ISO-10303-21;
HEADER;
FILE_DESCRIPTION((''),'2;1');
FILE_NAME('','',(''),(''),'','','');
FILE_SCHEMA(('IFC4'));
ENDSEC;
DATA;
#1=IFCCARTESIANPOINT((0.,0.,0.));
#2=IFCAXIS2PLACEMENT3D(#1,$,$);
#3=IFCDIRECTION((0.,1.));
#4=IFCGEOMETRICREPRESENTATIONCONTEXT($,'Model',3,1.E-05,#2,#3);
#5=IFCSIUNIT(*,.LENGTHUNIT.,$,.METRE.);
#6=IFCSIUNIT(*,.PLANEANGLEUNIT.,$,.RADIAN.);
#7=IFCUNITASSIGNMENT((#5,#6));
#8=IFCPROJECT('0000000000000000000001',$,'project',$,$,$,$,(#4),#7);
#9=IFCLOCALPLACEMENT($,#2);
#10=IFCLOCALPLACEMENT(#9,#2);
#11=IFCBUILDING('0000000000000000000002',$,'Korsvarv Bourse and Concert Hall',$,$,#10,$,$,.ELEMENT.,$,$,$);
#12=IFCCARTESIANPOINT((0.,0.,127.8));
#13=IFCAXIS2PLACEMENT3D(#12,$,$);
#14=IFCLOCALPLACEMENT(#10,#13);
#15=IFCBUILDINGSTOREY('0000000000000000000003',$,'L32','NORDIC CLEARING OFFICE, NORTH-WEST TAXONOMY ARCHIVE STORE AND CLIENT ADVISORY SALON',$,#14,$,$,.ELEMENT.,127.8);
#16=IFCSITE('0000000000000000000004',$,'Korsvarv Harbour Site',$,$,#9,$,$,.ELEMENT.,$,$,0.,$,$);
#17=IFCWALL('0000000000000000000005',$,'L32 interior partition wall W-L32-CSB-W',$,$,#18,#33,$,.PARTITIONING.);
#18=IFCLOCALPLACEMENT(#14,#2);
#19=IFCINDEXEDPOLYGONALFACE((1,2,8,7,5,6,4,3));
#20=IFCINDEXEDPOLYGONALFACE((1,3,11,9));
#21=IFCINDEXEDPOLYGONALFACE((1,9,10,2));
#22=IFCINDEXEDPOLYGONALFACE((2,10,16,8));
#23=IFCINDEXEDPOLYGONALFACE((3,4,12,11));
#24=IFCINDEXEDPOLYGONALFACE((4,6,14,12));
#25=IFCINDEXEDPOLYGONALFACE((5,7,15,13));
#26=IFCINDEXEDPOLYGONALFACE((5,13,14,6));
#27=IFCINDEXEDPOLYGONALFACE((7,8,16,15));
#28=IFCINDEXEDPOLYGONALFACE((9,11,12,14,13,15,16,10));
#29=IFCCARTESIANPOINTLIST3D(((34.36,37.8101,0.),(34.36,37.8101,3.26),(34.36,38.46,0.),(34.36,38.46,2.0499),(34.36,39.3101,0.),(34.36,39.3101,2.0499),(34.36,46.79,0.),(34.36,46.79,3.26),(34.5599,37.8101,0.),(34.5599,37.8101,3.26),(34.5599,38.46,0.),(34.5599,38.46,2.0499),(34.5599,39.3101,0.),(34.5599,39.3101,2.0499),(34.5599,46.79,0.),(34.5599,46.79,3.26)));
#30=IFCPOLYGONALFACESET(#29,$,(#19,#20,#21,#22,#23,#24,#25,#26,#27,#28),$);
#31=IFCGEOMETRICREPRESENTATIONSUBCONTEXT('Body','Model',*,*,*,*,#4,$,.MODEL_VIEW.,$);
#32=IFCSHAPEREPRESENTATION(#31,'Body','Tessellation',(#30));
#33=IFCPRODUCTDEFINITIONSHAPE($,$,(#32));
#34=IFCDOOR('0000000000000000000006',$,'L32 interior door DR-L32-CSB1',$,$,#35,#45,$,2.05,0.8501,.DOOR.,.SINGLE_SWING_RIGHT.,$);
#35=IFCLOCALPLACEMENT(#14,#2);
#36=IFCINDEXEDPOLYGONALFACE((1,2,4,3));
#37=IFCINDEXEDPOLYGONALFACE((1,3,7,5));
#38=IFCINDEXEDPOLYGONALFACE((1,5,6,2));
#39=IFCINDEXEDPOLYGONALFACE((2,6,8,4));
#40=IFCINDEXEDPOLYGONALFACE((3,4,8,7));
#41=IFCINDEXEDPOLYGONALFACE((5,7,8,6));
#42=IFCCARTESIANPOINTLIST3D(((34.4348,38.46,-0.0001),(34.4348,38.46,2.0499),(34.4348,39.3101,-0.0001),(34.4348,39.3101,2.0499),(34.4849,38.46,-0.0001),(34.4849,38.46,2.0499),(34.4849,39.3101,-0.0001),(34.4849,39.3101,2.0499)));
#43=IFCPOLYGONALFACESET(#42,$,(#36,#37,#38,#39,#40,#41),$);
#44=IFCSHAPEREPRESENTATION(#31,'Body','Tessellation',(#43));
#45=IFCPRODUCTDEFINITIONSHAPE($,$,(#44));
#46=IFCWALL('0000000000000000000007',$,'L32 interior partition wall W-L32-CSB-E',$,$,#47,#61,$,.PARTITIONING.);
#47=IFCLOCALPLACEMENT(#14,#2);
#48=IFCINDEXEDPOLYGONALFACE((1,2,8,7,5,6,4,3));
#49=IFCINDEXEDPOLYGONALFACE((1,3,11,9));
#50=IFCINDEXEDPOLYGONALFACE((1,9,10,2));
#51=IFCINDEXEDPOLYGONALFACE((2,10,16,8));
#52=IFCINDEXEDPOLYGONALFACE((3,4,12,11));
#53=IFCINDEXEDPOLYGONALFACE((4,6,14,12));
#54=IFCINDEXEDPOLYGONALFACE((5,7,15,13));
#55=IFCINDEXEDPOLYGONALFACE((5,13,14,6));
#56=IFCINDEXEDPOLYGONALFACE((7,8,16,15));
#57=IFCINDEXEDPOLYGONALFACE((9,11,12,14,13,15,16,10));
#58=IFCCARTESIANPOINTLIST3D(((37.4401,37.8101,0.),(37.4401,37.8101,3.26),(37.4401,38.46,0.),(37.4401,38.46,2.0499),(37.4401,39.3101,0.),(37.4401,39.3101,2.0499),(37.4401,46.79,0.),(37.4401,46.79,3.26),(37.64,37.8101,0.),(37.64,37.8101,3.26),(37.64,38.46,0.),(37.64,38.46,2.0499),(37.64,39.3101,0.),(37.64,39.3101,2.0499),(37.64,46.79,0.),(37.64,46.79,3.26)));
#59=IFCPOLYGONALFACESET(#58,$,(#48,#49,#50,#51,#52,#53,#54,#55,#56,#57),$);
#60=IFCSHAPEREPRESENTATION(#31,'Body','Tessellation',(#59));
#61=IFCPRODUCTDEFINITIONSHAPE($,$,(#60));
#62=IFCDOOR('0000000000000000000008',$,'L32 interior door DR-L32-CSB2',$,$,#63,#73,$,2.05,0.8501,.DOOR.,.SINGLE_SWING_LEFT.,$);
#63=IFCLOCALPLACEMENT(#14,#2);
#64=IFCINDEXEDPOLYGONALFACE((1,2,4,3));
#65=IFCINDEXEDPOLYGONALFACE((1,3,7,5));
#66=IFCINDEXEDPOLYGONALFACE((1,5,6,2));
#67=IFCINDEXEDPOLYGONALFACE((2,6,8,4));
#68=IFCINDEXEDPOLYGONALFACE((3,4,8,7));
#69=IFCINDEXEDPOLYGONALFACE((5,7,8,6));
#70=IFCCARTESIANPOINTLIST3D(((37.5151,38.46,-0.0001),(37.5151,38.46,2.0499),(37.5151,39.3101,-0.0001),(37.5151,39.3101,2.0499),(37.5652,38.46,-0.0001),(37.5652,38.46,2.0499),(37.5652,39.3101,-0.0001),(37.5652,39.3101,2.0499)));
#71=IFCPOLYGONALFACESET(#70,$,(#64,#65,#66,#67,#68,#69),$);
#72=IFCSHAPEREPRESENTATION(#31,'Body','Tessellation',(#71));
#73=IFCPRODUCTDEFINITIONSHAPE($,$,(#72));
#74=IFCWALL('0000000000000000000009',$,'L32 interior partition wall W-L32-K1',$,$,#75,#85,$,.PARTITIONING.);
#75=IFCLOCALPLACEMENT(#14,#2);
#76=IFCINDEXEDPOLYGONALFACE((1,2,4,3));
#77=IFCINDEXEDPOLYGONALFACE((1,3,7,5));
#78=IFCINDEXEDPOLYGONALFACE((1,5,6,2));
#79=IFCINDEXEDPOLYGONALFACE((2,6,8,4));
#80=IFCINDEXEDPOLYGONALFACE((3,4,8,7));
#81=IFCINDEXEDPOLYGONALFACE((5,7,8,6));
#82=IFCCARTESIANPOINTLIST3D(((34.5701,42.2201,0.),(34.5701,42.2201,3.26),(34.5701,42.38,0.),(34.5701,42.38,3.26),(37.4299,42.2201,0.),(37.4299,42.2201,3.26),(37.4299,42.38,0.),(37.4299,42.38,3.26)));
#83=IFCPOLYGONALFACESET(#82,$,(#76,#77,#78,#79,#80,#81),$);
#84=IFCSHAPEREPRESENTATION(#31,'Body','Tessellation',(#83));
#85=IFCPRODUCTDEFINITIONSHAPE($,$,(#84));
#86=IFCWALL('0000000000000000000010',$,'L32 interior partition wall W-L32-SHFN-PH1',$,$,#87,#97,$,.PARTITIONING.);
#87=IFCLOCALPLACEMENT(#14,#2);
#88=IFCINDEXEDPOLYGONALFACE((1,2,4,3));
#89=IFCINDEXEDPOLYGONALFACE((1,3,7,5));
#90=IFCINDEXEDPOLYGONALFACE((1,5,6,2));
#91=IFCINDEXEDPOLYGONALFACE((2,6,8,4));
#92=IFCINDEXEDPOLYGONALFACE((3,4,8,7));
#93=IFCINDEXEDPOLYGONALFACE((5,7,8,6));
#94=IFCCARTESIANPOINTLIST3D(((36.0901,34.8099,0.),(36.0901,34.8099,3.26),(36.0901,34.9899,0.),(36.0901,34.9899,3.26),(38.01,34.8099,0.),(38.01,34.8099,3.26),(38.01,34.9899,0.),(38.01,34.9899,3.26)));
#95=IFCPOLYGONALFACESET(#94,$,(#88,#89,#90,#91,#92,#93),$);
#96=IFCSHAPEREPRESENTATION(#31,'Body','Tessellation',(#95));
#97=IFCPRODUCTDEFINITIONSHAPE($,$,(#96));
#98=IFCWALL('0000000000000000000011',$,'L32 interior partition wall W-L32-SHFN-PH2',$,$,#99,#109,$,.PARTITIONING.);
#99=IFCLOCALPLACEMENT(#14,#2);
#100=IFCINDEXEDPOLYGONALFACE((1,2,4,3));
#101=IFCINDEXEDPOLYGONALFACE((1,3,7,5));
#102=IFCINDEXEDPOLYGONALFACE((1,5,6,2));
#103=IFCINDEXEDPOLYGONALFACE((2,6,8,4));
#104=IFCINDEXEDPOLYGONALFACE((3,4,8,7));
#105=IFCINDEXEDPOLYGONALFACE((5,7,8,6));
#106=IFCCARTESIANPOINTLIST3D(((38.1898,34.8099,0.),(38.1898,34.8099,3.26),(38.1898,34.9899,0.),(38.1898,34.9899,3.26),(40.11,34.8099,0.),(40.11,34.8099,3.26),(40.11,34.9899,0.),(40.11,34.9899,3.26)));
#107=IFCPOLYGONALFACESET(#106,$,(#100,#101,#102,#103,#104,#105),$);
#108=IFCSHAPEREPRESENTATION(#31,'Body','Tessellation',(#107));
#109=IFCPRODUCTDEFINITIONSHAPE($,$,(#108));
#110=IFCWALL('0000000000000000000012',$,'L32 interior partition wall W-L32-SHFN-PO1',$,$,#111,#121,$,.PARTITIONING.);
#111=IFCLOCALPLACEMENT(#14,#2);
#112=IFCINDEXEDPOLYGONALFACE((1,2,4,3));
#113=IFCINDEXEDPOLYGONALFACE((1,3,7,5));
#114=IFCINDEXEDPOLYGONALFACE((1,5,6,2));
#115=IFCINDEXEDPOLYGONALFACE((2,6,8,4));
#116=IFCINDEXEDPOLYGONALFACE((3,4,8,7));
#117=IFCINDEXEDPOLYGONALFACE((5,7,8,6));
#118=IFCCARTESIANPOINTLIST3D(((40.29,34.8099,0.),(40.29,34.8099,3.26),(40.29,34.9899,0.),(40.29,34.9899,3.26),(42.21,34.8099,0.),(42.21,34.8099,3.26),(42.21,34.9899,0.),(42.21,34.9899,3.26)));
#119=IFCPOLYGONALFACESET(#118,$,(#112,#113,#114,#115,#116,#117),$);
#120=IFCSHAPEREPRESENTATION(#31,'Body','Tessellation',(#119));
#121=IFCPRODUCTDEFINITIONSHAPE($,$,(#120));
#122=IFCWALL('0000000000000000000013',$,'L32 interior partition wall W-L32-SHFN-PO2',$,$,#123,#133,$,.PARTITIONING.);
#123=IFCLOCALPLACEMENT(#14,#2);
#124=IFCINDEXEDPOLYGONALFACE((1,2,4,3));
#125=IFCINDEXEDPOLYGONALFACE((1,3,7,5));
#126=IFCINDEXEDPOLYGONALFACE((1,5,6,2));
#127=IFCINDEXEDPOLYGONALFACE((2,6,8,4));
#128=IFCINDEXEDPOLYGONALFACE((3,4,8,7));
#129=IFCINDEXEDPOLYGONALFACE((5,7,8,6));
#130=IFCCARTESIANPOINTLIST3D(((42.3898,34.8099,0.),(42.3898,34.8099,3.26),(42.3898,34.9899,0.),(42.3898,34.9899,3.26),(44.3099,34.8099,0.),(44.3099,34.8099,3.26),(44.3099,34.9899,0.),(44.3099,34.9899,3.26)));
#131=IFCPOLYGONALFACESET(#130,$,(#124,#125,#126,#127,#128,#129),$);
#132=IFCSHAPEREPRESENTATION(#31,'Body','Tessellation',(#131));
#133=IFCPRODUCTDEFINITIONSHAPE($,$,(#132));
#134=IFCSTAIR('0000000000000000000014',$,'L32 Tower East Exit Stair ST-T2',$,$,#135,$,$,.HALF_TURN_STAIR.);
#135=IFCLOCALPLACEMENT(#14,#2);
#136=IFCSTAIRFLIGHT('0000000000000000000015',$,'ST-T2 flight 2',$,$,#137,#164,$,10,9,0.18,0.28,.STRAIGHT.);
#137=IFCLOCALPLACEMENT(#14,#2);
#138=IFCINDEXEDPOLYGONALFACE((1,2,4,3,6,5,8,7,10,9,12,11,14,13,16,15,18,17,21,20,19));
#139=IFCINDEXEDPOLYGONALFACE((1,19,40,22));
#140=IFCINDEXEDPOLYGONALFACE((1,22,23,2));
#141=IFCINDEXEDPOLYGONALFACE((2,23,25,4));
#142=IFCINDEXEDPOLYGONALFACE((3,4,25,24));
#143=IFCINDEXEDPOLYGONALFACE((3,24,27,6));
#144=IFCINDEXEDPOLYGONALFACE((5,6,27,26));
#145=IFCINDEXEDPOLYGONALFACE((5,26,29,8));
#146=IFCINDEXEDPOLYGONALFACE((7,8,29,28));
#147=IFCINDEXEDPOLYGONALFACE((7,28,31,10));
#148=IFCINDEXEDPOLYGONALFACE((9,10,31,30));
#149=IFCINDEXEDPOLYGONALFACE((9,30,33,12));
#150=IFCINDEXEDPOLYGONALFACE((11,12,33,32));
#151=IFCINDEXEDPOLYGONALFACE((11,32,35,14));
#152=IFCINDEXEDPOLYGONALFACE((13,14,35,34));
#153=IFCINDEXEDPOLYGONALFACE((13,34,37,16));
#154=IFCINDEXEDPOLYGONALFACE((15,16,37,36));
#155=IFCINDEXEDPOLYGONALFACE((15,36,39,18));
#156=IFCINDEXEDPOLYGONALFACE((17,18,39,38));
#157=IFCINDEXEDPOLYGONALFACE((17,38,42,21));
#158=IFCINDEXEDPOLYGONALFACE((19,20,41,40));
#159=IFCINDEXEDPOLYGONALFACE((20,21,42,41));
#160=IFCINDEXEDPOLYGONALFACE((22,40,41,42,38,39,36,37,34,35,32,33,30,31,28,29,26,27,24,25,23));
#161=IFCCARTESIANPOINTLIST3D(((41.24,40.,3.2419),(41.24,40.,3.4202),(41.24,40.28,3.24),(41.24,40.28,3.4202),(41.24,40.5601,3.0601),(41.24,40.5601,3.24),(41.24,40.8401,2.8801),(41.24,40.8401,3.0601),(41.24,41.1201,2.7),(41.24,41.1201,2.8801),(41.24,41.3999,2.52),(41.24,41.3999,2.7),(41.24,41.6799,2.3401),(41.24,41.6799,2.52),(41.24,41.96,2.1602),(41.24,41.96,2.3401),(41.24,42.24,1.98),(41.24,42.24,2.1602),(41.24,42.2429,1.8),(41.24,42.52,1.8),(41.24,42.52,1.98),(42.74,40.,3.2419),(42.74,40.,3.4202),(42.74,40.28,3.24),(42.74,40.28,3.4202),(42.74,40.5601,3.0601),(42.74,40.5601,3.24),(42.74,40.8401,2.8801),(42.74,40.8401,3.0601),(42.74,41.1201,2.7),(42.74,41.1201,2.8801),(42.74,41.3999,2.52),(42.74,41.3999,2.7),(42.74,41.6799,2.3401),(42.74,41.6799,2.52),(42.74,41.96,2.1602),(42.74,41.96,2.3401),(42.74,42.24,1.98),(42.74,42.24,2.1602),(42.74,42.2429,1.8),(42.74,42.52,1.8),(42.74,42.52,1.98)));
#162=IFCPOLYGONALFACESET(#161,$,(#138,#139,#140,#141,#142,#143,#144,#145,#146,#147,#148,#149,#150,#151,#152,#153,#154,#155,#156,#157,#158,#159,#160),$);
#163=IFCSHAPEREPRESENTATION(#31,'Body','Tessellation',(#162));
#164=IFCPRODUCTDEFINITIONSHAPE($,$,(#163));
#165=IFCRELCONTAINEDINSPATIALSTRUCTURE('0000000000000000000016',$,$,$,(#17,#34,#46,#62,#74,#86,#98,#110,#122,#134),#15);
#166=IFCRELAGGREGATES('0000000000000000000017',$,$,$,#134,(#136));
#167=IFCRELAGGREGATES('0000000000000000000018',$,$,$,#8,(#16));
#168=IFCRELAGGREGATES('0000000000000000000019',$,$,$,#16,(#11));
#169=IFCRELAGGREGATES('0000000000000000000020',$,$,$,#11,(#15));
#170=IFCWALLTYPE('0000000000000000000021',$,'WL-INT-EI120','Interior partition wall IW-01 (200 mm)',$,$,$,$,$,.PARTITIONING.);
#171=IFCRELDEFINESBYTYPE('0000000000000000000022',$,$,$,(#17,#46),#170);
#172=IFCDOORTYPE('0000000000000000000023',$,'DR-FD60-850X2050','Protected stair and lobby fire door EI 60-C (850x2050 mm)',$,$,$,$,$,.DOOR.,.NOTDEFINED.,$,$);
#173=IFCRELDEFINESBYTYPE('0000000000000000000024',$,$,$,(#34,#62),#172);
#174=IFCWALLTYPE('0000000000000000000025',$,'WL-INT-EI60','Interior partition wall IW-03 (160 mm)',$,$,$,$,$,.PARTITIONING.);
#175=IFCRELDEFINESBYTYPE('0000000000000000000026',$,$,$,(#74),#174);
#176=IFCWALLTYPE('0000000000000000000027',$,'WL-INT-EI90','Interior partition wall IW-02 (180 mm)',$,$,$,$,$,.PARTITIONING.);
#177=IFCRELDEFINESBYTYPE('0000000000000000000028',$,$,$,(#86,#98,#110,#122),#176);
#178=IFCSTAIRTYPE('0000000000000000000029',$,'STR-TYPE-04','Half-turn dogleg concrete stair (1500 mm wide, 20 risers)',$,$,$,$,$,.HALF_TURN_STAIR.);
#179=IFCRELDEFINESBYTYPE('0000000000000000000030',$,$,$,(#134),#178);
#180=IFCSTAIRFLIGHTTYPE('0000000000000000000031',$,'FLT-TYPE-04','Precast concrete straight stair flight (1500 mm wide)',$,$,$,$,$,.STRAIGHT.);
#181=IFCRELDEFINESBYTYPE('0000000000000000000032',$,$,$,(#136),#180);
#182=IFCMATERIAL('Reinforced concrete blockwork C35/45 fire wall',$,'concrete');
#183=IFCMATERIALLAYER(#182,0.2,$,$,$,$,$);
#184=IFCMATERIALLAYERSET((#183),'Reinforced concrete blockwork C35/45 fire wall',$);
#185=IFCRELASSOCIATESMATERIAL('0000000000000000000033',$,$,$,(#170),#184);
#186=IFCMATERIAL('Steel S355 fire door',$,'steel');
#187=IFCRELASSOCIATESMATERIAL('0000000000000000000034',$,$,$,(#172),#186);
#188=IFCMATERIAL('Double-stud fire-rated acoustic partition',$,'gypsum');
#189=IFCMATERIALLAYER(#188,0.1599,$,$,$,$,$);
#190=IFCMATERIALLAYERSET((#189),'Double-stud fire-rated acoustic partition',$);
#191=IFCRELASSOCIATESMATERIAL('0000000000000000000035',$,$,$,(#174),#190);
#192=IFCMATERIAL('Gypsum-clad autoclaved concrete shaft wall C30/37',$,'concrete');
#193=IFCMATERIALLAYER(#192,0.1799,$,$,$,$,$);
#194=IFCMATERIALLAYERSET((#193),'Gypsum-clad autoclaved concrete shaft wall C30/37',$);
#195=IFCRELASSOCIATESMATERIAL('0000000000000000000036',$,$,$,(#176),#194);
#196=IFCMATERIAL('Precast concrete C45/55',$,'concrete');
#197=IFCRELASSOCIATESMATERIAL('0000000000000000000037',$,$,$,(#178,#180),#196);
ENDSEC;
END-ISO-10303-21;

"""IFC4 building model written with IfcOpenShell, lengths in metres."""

from ifc_helpers import new_model, si_unit, direction, frame, frame_2d, origin, place, context, subcontext, project, spatial, polyline, rectangle, outline, extrude, material, layer, layer_set, type_object, element, fill, aggregate, save


model = new_model("IFC4")

# Units and contexts
model_context = context("Model", 3, precision=1e-05, world=origin(), true_north=direction((0.0, 1.0)))
body_context = subcontext(model_context, "Body", "Model", "MODEL_VIEW")
ifc_project = project(units=[si_unit("LENGTHUNIT", "METRE"), si_unit("PLANEANGLEUNIT", "RADIAN")], contexts=[model_context])

# Site, building, storey
site_placement = place(None, origin())
site = spatial("IfcSite", under=ifc_project, at=site_placement, Name="Korsvarv Harbour Site", CompositionType="ELEMENT", RefElevation=0.0)
building_placement = place(site_placement, origin())
building = spatial("IfcBuilding", under=site, at=building_placement, Name="Korsvarv Bourse and Concert Hall", CompositionType="ELEMENT")
storey_placement = place(building_placement, frame((0.0, 0.0, 127.8)))
storey = spatial("IfcBuildingStorey", under=building, at=storey_placement, Name="L32", Description="NORDIC CLEARING OFFICE, NORTH-WEST TAXONOMY ARCHIVE STORE AND CLIENT ADVISORY SALON", CompositionType="ELEMENT", Elevation=127.8)

# Shared definitions
ifc_material_1 = material(Name="Steel S355 fire door", Category="steel")

# Walls, openings, doors
ifc_material_2 = material(Name="Reinforced concrete blockwork C35/45 fire wall", Category="concrete")
ifc_layer_1 = layer(ifc_material_2, 0.2)
ifc_layer_set_1 = layer_set([ifc_layer_1], Name="Reinforced concrete blockwork C35/45 fire wall")
wall_type_1 = type_object("IfcWallType", Name="WL-INT-EI120", Description="Interior partition wall IW-01 (200 mm)", PredefinedType="PARTITIONING", material=ifc_layer_set_1)
wall_1_placement = place(storey_placement, frame((34.46, 37.8101, 0.0), z_axis=(0.0, 0.0, 1.0), x_axis=(0.0, 1.0, 0.0)))
wall_1 = element("IfcWall", 1, at=wall_1_placement, inside=storey, type_object=wall_type_1, Name="L32 interior partition wall W-L32-CSB-W", PredefinedType="PARTITIONING", context=body_context, shape_type="SweptSolid", body=[
    extrude(rectangle(XDim=8.98, YDim=0.2, at=frame_2d((4.49, 0.0))), origin(), (0.0, 0.0, 1.0), 3.26),
])
opening_1_placement = place(wall_1_placement, frame((0.6499, 0.0, 0.0)))
opening_1 = element("IfcOpeningElement", 2, at=opening_1_placement, cuts=wall_1, PredefinedType="OPENING", context=body_context, shape_type="SweptSolid", body=[
    extrude(rectangle(XDim=0.8501, YDim=2.05, at=frame_2d((0.425, 1.0249))), frame((0.0, 0.1099, 0.0), z_axis=(0.0, -1.0, 0.0), x_axis=(1.0, 0.0, 0.0)), (0.0, 0.0, 1.0), 0.22),
])
door_type_1 = type_object("IfcDoorType", Name="DR-FD60-850X2050", Description="Protected stair and lobby fire door EI 60-C (850x2050 mm)", OperationType="NOTDEFINED", PredefinedType="DOOR", material=ifc_material_1)
door_1_placement = place(opening_1_placement, frame((0.8501, 0.0, 0.0), z_axis=(0.0, 0.0, 1.0), x_axis=(-1.0, 0.0, 0.0)))
door_1 = element("IfcDoor", 3, at=door_1_placement, inside=storey, type_object=door_type_1, Name="L32 interior door DR-L32-CSB1", OperationType="SINGLE_SWING_RIGHT", OverallHeight=2.05, OverallWidth=0.8501, PredefinedType="DOOR", context=body_context, shape_type="SweptSolid", body=[
    extrude(rectangle(XDim=0.8501, YDim=2.05, at=frame_2d((0.425, 1.0249))), frame((0.0, 0.0249, 0.0), z_axis=(0.0, -1.0, 0.0), x_axis=(1.0, 0.0, 0.0)), (0.0, 0.0, 1.0), 0.05),
])
fill(opening_1, door_1)
wall_2_placement = place(storey_placement, frame((37.54, 37.8101, 0.0), z_axis=(0.0, 0.0, 1.0), x_axis=(0.0, 1.0, 0.0)))
wall_2 = element("IfcWall", 4, at=wall_2_placement, inside=storey, type_object=wall_type_1, Name="L32 interior partition wall W-L32-CSB-E", PredefinedType="PARTITIONING", context=body_context, shape_type="SweptSolid", body=[
    extrude(rectangle(XDim=8.98, YDim=0.2, at=frame_2d((4.49, 0.0))), origin(), (0.0, 0.0, 1.0), 3.26),
])
opening_2_placement = place(wall_2_placement, frame((0.6499, 0.0, 0.0)))
opening_2 = element("IfcOpeningElement", 5, at=opening_2_placement, cuts=wall_2, PredefinedType="OPENING", context=body_context, shape_type="SweptSolid", body=[
    extrude(rectangle(XDim=0.8501, YDim=2.05, at=frame_2d((0.425, 1.0249))), frame((0.0, 0.1099, 0.0), z_axis=(0.0, -1.0, 0.0), x_axis=(1.0, 0.0, 0.0)), (0.0, 0.0, 1.0), 0.22),
])
door_2_placement = place(opening_2_placement, origin())
door_2 = element("IfcDoor", 6, at=door_2_placement, inside=storey, type_object=door_type_1, Name="L32 interior door DR-L32-CSB2", OperationType="SINGLE_SWING_LEFT", OverallHeight=2.05, OverallWidth=0.8501, PredefinedType="DOOR", context=body_context, shape_type="SweptSolid", body=[
    extrude(rectangle(XDim=0.8501, YDim=2.05, at=frame_2d((0.425, 1.0249))), frame((0.0, 0.0249, 0.0), z_axis=(0.0, -1.0, 0.0), x_axis=(1.0, 0.0, 0.0)), (0.0, 0.0, 1.0), 0.05),
])
fill(opening_2, door_2)

# Walls
ifc_material_3 = material(Name="Double-stud fire-rated acoustic partition", Category="gypsum")
ifc_layer_2 = layer(ifc_material_3, 0.1599)
ifc_layer_set_2 = layer_set([ifc_layer_2], Name="Double-stud fire-rated acoustic partition")
wall_type_2 = type_object("IfcWallType", Name="WL-INT-EI60", Description="Interior partition wall IW-03 (160 mm)", PredefinedType="PARTITIONING", material=ifc_layer_set_2)
wall_3_placement = place(storey_placement, frame((34.5701, 42.3, 0.0), z_axis=(0.0, 0.0, 1.0), x_axis=(1.0, 0.0, 0.0)))
element("IfcWall", 7, at=wall_3_placement, inside=storey, type_object=wall_type_2, Name="L32 interior partition wall W-L32-K1", PredefinedType="PARTITIONING", context=body_context, shape_type="SweptSolid", body=[
    extrude(rectangle(XDim=2.8599, YDim=0.1599, at=frame_2d((1.4299, 0.0))), origin(), (0.0, 0.0, 1.0), 3.26),
])
ifc_material_4 = material(Name="Gypsum-clad autoclaved concrete shaft wall C30/37", Category="concrete")
ifc_layer_3 = layer(ifc_material_4, 0.1799)
ifc_layer_set_3 = layer_set([ifc_layer_3], Name="Gypsum-clad autoclaved concrete shaft wall C30/37")
wall_type_3 = type_object("IfcWallType", Name="WL-INT-EI90", Description="Interior partition wall IW-02 (180 mm)", PredefinedType="PARTITIONING", material=ifc_layer_set_3)
wall_4_placement = place(storey_placement, frame((36.0901, 34.8999, 0.0), z_axis=(0.0, 0.0, 1.0), x_axis=(1.0, 0.0, 0.0)))
element("IfcWall", 8, at=wall_4_placement, inside=storey, type_object=wall_type_3, Name="L32 interior partition wall W-L32-SHFN-PH1", PredefinedType="PARTITIONING", context=body_context, shape_type="SweptSolid", body=[
    extrude(rectangle(XDim=1.9199, YDim=0.1799, at=frame_2d((0.96, 0.0))), origin(), (0.0, 0.0, 1.0), 3.26),
])
wall_5_placement = place(storey_placement, frame((38.1899, 34.8999, 0.0), z_axis=(0.0, 0.0, 1.0), x_axis=(1.0, 0.0, 0.0)))
element("IfcWall", 9, at=wall_5_placement, inside=storey, type_object=wall_type_3, Name="L32 interior partition wall W-L32-SHFN-PH2", PredefinedType="PARTITIONING", context=body_context, shape_type="SweptSolid", body=[
    extrude(rectangle(XDim=1.9202, YDim=0.1799, at=frame_2d((0.96, 0.0))), origin(), (0.0, 0.0, 1.0), 3.26),
])
wall_6_placement = place(storey_placement, frame((40.29, 34.8999, 0.0), z_axis=(0.0, 0.0, 1.0), x_axis=(1.0, 0.0, 0.0)))
element("IfcWall", 10, at=wall_6_placement, inside=storey, type_object=wall_type_3, Name="L32 interior partition wall W-L32-SHFN-PO1", PredefinedType="PARTITIONING", context=body_context, shape_type="SweptSolid", body=[
    extrude(rectangle(XDim=1.9199, YDim=0.1799, at=frame_2d((0.96, 0.0))), origin(), (0.0, 0.0, 1.0), 3.26),
])
wall_7_placement = place(storey_placement, frame((42.3899, 34.8999, 0.0), z_axis=(0.0, 0.0, 1.0), x_axis=(1.0, 0.0, 0.0)))
element("IfcWall", 11, at=wall_7_placement, inside=storey, type_object=wall_type_3, Name="L32 interior partition wall W-L32-SHFN-PO2", PredefinedType="PARTITIONING", context=body_context, shape_type="SweptSolid", body=[
    extrude(rectangle(XDim=1.9202, YDim=0.1799, at=frame_2d((0.96, 0.0))), origin(), (0.0, 0.0, 1.0), 3.26),
])

# Stair, stair flight
ifc_material_5 = material(Name="Precast concrete C45/55", Category="concrete")
stair_type = type_object("IfcStairType", Name="STR-TYPE-04", Description="Half-turn dogleg concrete stair (1500 mm wide, 20 risers)", PredefinedType="HALF_TURN_STAIR", material=ifc_material_5)
stair_placement = place(storey_placement, origin())
stair = element("IfcStair", 12, at=stair_placement, inside=storey, type_object=stair_type, Name="L32 Tower East Exit Stair ST-T2", PredefinedType="HALF_TURN_STAIR")
stair_flight_type = type_object("IfcStairFlightType", Name="FLT-TYPE-04", Description="Precast concrete straight stair flight (1500 mm wide)", PredefinedType="STRAIGHT", material=ifc_material_5)
stair_flight_placement = place(storey_placement, frame((41.99, 42.52, 1.8), z_axis=(0.0, 0.0, 1.0), x_axis=(0.0, -1.0, 0.0)))
stair_flight = element("IfcStairFlight", 13, at=stair_flight_placement, type_object=stair_flight_type, Name="ST-T2 flight 2", NumberOfRisers=10, NumberOfTreads=9, PredefinedType="STRAIGHT", RiserHeight=0.18, TreadLength=0.28, context=body_context, shape_type="SweptSolid", body=[
    extrude(outline(polyline([(0.0, 0.0), (0.0, 0.1799), (0.28, 0.1799), (0.28, 0.3601), (0.5601, 0.3601), (0.5601, 0.54), (0.8401, 0.54), (0.8401, 0.72), (1.1201, 0.72), (1.1201, 0.8999), (1.3999, 0.8999), (1.3999, 1.0801), (1.6799, 1.0801), (1.6799, 1.26), (1.96, 1.26), (1.96, 1.4399), (2.24, 1.4399), (2.24, 1.6201), (2.52, 1.6201), (2.52, 1.8), (2.52, 1.4419), (0.2771, 0.0), (0.0, 0.0)])), frame((0.0, 0.75, 0.0), z_axis=(0.0, -1.0, 0.0), x_axis=(1.0, 0.0, 0.0)), (0.0, 0.0, 1.0), 1.5),
])
aggregate(stair, [stair_flight])

save(model, "model.ifc")
